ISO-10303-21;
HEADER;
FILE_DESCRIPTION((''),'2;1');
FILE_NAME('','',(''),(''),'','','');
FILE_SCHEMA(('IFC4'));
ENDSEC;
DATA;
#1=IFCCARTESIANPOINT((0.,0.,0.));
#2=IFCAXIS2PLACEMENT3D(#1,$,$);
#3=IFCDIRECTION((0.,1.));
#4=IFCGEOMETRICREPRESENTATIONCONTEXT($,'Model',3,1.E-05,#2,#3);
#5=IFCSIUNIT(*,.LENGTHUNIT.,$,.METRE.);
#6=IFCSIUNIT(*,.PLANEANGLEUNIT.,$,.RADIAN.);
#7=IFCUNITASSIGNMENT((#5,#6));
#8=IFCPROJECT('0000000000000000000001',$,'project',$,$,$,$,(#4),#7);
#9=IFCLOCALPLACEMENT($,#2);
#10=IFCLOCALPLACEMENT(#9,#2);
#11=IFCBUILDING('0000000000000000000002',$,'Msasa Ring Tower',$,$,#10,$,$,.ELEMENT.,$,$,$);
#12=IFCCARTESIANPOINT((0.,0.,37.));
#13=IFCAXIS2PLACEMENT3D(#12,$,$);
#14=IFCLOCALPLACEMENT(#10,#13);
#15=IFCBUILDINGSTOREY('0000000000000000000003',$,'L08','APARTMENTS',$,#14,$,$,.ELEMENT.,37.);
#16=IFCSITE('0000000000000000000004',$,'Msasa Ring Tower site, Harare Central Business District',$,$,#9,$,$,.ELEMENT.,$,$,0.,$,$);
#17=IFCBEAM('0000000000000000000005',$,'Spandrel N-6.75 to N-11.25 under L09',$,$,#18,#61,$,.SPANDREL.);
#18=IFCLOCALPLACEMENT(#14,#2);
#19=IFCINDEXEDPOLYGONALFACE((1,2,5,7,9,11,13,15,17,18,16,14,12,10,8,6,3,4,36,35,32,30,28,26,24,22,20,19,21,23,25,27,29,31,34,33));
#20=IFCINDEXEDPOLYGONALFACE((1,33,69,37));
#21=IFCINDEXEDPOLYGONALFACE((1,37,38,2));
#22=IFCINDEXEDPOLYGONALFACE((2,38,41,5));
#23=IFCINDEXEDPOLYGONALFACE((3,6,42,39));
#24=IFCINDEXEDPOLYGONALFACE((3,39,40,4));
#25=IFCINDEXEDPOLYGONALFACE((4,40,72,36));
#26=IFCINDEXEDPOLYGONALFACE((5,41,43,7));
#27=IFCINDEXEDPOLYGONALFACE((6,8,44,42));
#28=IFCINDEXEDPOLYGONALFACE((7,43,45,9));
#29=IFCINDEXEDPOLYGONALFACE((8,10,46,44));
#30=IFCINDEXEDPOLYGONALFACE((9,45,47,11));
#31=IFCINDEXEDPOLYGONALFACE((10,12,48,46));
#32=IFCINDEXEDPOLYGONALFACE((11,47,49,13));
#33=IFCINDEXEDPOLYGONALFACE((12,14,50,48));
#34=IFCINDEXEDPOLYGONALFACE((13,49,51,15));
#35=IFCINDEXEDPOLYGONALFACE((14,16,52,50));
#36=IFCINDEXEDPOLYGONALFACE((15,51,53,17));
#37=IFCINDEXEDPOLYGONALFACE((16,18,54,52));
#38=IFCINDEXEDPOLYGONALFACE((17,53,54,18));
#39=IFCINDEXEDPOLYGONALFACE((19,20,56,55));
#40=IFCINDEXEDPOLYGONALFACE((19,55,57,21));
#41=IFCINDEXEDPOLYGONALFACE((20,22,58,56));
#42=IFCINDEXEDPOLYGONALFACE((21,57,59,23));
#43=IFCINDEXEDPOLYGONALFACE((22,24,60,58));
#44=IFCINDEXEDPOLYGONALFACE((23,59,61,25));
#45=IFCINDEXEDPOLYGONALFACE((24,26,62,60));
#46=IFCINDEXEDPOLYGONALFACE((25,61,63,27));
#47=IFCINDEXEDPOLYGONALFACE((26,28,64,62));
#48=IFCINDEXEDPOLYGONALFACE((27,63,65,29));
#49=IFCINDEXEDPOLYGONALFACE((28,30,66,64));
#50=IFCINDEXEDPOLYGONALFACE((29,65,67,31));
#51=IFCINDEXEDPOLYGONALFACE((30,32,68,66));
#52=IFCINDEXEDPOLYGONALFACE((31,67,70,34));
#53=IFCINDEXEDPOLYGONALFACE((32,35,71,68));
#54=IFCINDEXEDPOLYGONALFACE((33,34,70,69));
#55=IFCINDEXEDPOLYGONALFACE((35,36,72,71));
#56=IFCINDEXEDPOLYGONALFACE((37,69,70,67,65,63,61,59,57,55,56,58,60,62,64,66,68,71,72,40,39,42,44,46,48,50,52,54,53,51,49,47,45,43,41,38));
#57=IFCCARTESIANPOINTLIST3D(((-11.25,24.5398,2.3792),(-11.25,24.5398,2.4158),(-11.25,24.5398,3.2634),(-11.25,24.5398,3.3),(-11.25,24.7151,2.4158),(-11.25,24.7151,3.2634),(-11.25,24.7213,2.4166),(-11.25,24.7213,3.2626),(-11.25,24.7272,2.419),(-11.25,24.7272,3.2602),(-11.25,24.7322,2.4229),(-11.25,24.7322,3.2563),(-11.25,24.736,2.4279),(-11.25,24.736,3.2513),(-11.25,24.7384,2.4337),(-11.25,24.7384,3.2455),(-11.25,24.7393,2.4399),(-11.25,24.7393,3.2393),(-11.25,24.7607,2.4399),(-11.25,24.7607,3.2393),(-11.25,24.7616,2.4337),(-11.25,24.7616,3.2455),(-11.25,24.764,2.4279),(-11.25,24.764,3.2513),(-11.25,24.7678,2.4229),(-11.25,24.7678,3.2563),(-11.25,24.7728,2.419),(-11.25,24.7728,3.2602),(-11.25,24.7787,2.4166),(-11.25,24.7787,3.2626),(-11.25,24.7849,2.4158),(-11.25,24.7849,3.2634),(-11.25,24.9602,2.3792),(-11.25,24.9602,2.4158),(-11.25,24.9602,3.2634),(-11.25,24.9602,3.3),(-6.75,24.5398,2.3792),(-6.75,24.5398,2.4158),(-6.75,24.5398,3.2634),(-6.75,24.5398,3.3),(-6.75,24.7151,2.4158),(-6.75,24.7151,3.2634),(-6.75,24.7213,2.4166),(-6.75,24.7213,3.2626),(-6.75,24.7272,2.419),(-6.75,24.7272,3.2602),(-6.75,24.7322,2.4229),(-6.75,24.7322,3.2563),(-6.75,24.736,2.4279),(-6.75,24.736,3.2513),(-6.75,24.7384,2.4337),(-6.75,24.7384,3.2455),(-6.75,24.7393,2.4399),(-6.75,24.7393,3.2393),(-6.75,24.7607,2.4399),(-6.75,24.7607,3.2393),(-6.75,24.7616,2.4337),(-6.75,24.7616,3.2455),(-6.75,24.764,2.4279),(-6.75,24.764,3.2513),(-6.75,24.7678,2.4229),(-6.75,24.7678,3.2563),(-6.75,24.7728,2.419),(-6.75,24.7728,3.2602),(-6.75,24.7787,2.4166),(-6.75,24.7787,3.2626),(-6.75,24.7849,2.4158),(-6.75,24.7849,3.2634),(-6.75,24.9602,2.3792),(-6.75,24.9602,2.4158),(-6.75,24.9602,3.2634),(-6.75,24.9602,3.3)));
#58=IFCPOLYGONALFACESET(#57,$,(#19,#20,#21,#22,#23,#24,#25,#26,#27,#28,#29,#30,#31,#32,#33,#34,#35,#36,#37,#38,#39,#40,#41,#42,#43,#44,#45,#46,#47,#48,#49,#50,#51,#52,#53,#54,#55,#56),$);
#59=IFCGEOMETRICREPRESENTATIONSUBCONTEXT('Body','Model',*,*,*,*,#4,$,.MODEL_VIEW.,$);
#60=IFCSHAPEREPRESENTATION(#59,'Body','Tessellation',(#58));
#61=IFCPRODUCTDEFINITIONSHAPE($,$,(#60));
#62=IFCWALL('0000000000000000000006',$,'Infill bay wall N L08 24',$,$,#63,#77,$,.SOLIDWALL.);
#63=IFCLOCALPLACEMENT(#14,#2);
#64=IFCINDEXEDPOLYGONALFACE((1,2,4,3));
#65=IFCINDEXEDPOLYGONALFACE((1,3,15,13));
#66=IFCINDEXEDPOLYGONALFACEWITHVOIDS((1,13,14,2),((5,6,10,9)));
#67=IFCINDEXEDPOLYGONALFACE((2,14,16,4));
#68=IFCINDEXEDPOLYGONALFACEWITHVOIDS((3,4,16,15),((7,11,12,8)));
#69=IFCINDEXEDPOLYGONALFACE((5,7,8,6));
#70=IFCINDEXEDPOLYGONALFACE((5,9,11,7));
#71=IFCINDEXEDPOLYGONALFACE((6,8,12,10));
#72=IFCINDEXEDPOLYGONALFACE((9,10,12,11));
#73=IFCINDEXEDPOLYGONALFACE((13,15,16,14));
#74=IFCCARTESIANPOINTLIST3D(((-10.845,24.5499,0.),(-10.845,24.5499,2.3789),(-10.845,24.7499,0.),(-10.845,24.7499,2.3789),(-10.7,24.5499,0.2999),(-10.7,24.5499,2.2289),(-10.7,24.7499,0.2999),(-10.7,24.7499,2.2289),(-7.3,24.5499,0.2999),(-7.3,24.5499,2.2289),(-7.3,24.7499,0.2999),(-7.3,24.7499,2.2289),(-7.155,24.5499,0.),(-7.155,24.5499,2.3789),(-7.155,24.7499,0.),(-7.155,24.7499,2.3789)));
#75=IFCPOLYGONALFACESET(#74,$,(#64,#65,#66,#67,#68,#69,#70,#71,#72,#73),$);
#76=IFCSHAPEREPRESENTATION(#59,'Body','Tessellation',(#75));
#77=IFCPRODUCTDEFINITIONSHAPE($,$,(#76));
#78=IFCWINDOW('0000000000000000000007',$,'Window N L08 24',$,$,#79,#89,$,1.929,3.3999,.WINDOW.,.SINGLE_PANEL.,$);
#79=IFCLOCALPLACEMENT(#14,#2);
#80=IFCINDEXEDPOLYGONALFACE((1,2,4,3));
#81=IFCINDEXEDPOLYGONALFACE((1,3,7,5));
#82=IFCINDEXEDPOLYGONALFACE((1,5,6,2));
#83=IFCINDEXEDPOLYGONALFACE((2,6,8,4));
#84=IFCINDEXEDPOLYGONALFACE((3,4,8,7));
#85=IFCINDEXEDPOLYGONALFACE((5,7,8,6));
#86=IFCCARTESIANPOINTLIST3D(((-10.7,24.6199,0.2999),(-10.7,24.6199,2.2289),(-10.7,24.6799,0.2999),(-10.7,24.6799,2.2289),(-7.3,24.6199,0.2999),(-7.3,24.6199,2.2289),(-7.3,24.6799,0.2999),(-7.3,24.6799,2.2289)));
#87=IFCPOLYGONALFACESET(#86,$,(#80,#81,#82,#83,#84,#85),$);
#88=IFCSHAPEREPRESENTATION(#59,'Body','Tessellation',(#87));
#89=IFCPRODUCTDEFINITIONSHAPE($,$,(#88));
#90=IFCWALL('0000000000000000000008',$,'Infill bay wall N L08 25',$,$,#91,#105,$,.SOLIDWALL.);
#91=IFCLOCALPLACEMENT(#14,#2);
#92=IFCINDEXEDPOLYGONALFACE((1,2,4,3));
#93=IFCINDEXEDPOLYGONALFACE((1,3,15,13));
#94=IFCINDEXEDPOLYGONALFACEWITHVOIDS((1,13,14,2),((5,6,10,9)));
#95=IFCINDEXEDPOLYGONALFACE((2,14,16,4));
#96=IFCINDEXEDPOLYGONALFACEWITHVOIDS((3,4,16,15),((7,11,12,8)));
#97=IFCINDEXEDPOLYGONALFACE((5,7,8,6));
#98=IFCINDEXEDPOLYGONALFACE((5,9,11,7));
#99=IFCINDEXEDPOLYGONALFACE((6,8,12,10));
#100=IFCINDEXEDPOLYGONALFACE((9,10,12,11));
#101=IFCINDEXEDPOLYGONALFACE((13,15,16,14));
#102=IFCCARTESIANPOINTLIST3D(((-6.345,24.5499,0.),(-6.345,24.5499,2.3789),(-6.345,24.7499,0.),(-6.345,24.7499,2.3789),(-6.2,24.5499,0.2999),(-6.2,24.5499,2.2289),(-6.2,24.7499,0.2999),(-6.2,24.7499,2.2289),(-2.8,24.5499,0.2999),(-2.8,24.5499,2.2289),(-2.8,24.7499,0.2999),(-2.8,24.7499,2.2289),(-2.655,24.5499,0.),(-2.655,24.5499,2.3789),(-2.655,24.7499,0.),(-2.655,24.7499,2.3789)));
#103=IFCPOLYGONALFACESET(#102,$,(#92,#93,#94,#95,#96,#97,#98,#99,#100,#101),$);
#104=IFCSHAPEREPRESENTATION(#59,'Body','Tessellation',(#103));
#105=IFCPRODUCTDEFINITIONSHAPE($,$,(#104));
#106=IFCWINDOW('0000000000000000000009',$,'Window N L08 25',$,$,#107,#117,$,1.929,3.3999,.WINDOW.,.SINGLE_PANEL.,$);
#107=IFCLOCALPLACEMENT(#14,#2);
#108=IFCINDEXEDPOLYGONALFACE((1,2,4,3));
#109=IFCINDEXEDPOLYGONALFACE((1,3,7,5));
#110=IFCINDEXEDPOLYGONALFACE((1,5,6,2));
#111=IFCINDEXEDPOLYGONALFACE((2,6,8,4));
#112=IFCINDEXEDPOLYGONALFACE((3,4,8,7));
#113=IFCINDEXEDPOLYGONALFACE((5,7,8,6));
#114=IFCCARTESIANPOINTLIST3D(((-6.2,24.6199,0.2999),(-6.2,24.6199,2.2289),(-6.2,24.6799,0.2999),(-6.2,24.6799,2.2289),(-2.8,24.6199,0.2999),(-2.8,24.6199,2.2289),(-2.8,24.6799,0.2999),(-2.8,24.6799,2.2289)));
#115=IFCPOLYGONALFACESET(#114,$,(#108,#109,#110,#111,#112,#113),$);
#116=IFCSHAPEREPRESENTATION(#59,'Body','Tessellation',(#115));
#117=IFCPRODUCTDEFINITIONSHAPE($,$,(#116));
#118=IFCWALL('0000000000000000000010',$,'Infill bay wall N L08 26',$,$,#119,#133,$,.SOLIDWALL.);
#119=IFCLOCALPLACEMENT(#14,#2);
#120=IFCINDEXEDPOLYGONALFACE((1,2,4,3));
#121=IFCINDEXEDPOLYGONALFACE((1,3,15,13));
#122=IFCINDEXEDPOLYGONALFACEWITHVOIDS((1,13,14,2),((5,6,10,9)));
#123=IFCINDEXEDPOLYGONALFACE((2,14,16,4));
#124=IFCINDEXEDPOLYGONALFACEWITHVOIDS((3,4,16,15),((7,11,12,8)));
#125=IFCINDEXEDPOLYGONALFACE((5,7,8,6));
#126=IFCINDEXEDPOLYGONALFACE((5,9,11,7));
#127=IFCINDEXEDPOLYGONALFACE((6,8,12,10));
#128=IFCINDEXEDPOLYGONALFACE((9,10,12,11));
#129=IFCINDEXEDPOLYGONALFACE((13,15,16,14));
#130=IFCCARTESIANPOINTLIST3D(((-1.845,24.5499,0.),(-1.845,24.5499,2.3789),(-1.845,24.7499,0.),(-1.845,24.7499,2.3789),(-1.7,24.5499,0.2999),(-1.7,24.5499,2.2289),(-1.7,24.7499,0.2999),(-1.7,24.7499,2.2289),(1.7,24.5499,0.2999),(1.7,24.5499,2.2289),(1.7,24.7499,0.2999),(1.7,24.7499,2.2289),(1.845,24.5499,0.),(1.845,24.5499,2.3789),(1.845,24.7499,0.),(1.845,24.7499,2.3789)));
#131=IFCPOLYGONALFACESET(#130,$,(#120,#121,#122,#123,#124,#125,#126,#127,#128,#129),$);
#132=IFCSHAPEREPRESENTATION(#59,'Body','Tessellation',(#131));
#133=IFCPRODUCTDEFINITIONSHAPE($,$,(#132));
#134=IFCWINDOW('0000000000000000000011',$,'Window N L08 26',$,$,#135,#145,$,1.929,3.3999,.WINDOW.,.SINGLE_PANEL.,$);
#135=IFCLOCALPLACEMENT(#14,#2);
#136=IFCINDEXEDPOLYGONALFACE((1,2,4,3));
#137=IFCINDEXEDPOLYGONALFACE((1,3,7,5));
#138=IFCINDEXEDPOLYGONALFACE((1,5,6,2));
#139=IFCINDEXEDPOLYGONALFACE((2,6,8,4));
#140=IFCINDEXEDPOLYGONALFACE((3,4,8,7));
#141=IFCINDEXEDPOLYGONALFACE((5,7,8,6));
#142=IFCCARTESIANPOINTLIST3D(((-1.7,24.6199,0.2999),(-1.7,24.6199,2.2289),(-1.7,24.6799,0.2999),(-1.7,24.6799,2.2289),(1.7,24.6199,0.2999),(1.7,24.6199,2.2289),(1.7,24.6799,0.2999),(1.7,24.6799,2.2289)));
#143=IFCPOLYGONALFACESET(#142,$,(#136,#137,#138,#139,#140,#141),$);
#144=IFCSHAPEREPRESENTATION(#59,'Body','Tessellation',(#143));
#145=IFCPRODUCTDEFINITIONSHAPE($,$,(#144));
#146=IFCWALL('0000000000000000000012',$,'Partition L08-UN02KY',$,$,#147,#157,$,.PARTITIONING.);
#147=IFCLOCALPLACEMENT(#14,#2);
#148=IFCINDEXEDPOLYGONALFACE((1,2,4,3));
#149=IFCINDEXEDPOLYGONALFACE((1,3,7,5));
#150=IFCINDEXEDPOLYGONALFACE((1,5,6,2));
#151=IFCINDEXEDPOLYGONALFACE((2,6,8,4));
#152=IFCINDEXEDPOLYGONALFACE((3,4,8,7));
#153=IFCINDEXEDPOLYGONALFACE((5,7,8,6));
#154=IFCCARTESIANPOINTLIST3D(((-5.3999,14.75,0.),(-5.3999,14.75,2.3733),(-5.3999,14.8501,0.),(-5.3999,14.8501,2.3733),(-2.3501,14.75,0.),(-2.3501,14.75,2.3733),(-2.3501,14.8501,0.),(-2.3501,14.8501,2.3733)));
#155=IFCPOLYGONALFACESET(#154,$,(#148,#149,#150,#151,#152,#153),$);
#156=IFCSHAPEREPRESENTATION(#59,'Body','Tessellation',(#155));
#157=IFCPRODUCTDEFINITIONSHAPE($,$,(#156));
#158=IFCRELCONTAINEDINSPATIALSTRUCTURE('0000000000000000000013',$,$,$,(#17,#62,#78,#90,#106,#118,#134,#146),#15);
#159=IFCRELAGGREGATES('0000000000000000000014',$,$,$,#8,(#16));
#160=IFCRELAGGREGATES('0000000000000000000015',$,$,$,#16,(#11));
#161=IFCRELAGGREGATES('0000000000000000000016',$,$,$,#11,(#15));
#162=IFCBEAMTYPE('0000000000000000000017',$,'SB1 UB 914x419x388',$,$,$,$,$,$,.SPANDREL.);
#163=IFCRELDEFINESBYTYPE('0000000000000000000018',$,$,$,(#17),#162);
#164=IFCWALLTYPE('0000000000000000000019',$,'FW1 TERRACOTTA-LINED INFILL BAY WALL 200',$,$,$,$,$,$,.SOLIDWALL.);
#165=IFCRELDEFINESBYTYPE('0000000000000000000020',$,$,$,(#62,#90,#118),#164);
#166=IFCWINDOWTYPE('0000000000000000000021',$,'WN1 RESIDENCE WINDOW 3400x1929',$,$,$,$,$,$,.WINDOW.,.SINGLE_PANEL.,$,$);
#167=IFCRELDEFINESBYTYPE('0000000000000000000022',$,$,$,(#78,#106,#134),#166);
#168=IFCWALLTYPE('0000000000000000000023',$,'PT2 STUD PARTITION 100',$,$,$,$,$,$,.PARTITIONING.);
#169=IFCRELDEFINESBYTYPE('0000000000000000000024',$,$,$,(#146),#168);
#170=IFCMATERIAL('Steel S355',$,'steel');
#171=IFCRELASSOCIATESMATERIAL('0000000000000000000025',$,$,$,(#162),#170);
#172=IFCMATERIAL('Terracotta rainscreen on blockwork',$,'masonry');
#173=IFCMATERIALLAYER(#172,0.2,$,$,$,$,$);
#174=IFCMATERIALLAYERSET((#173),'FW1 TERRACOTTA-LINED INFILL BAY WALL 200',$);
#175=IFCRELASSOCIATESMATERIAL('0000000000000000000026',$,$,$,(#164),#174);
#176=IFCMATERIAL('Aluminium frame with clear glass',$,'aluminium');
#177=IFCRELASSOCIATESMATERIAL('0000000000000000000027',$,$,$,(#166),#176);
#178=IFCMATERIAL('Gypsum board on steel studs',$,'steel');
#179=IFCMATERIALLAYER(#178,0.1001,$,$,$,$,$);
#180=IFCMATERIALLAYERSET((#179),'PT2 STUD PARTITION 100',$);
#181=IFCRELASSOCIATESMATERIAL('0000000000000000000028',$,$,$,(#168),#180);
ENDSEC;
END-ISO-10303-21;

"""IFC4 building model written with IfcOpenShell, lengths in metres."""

from ifc_helpers import new_model, si_unit, direction, frame, frame_2d, origin, origin_2d, place, context, subcontext, project, spatial, rectangle, i_section, extrude, material, layer, layer_set, material_profile, profile_set, type_object, element, fill, save


model = new_model("IFC4")

# Units and contexts
model_context = context("Model", 3, precision=1e-05, world=origin(), true_north=direction((0.0, 1.0)))
body_context = subcontext(model_context, "Body", "Model", "MODEL_VIEW")
ifc_project = project(units=[si_unit("LENGTHUNIT", "METRE"), si_unit("PLANEANGLEUNIT", "RADIAN")], contexts=[model_context])

# Site, building, storey
site_placement = place(None, origin())
site = spatial("IfcSite", under=ifc_project, at=site_placement, Name="Msasa Ring Tower site, Harare Central Business District", CompositionType="ELEMENT", RefElevation=0.0)
building_placement = place(site_placement, origin())
building = spatial("IfcBuilding", under=site, at=building_placement, Name="Msasa Ring Tower", CompositionType="ELEMENT")
storey_placement = place(building_placement, frame((0.0, 0.0, 37.0)))
storey = spatial("IfcBuildingStorey", under=building, at=storey_placement, Name="L08", Description="APARTMENTS", CompositionType="ELEMENT", Elevation=37.0)

# Beam
ifc_material_1 = material(Name="Steel S355", Category="steel")
ifc_material_profile_1 = material_profile(ifc_material_1, i_section(OverallWidth=0.4204, OverallDepth=0.9209, WebThickness=0.0215, FlangeThickness=0.0366, FilletRadius=0.0242, at=origin_2d()), Name="UB 914x419x388")
ifc_profile_set_1 = profile_set([ifc_material_profile_1], Name="Steel S355")
beam_type_1 = type_object("IfcBeamType", Name="SB1 UB 914x419x388", PredefinedType="SPANDREL", material=ifc_profile_set_1)
for number, where, z_axis, x_axis, name in (
    (1, (-6.75, 24.75, 2.8396), (-1.0, 0.0, 0.0), (0.0, -1.0, 0.0), "Spandrel N-6.75 to N-11.25 under L09"),
):
    element("IfcBeam", number, at=place(storey_placement, frame(where, z_axis=z_axis, x_axis=x_axis)), inside=storey, type_object=beam_type_1, Name=name, PredefinedType="SPANDREL", context=body_context, shape_type="SweptSolid", body=[
        extrude(i_section(OverallWidth=0.4204, OverallDepth=0.9209, WebThickness=0.0215, FlangeThickness=0.0366, FilletRadius=0.0242, at=origin_2d()), origin(), (0.0, 0.0, 1.0), 4.5),
    ])

# Walls, openings, windows
ifc_material_2 = material(Name="Terracotta rainscreen on blockwork", Category="masonry")
ifc_layer_1 = layer(ifc_material_2, 0.2)
ifc_layer_set_1 = layer_set([ifc_layer_1], Name="FW1 TERRACOTTA-LINED INFILL BAY WALL 200")
wall_type_1 = type_object("IfcWallType", Name="FW1 TERRACOTTA-LINED INFILL BAY WALL 200", PredefinedType="SOLIDWALL", material=ifc_layer_set_1)
wall_1_placement = place(storey_placement, frame((-10.845, 24.6499, 0.0), z_axis=(0.0, 0.0, 1.0), x_axis=(1.0, 0.0, 0.0)))
wall_1 = element("IfcWall", 2, at=wall_1_placement, inside=storey, type_object=wall_type_1, Name="Infill bay wall N L08 24", PredefinedType="SOLIDWALL", context=body_context, shape_type="SweptSolid", body=[
    extrude(rectangle(XDim=3.6899, YDim=0.2, at=frame_2d((1.845, 0.0))), origin(), (0.0, 0.0, 1.0), 2.3789),
])
opening_1_placement = place(wall_1_placement, frame((0.145, 0.0, 0.3)))
opening_1 = element("IfcOpeningElement", 3, at=opening_1_placement, cuts=wall_1, PredefinedType="OPENING", context=body_context, shape_type="SweptSolid", body=[
    extrude(rectangle(XDim=3.3999, YDim=1.929, at=frame_2d((1.7, 0.9644))), frame((0.0, 0.1099, 0.0), z_axis=(0.0, -1.0, 0.0), x_axis=(1.0, 0.0, 0.0)), (0.0, 0.0, 1.0), 0.22),
])
ifc_material_3 = material(Name="Aluminium frame with clear glass", Category="aluminium")
window_type = type_object("IfcWindowType", Name="WN1 RESIDENCE WINDOW 3400x1929", PartitioningType="SINGLE_PANEL", PredefinedType="WINDOW", material=ifc_material_3)
window_1_placement = place(opening_1_placement, origin())
window_1 = element("IfcWindow", 4, at=window_1_placement, inside=storey, type_object=window_type, Name="Window N L08 24", OverallHeight=1.929, OverallWidth=3.3999, PartitioningType="SINGLE_PANEL", PredefinedType="WINDOW", context=body_context, shape_type="SweptSolid", body=[
    extrude(rectangle(XDim=3.3999, YDim=1.929, at=frame_2d((1.7, 0.9644))), frame((0.0, 0.03, 0.0), z_axis=(0.0, -1.0, 0.0), x_axis=(1.0, 0.0, 0.0)), (0.0, 0.0, 1.0), 0.0601),
])
fill(opening_1, window_1)
wall_2_placement = place(storey_placement, frame((-6.345, 24.6499, 0.0), z_axis=(0.0, 0.0, 1.0), x_axis=(1.0, 0.0, 0.0)))
wall_2 = element("IfcWall", 5, at=wall_2_placement, inside=storey, type_object=wall_type_1, Name="Infill bay wall N L08 25", PredefinedType="SOLIDWALL", context=body_context, shape_type="SweptSolid", body=[
    extrude(rectangle(XDim=3.6899, YDim=0.2, at=frame_2d((1.845, 0.0))), origin(), (0.0, 0.0, 1.0), 2.3789),
])
opening_2_placement = place(wall_2_placement, frame((0.145, 0.0, 0.3)))
opening_2 = element("IfcOpeningElement", 6, at=opening_2_placement, cuts=wall_2, PredefinedType="OPENING", context=body_context, shape_type="SweptSolid", body=[
    extrude(rectangle(XDim=3.3999, YDim=1.929, at=frame_2d((1.7, 0.9644))), frame((0.0, 0.1099, 0.0), z_axis=(0.0, -1.0, 0.0), x_axis=(1.0, 0.0, 0.0)), (0.0, 0.0, 1.0), 0.22),
])
window_2_placement = place(opening_2_placement, origin())
window_2 = element("IfcWindow", 7, at=window_2_placement, inside=storey, type_object=window_type, Name="Window N L08 25", OverallHeight=1.929, OverallWidth=3.3999, PartitioningType="SINGLE_PANEL", PredefinedType="WINDOW", context=body_context, shape_type="SweptSolid", body=[
    extrude(rectangle(XDim=3.3999, YDim=1.929, at=frame_2d((1.7, 0.9644))), frame((0.0, 0.03, 0.0), z_axis=(0.0, -1.0, 0.0), x_axis=(1.0, 0.0, 0.0)), (0.0, 0.0, 1.0), 0.0601),
])
fill(opening_2, window_2)
wall_3_placement = place(storey_placement, frame((-1.845, 24.6499, 0.0), z_axis=(0.0, 0.0, 1.0), x_axis=(1.0, 0.0, 0.0)))
wall_3 = element("IfcWall", 8, at=wall_3_placement, inside=storey, type_object=wall_type_1, Name="Infill bay wall N L08 26", PredefinedType="SOLIDWALL", context=body_context, shape_type="SweptSolid", body=[
    extrude(rectangle(XDim=3.6899, YDim=0.2, at=frame_2d((1.845, 0.0))), origin(), (0.0, 0.0, 1.0), 2.3789),
])
opening_3_placement = place(wall_3_placement, frame((0.145, 0.0, 0.3)))
opening_3 = element("IfcOpeningElement", 9, at=opening_3_placement, cuts=wall_3, PredefinedType="OPENING", context=body_context, shape_type="SweptSolid", body=[
    extrude(rectangle(XDim=3.3999, YDim=1.929, at=frame_2d((1.7, 0.9644))), frame((0.0, 0.1099, 0.0), z_axis=(0.0, -1.0, 0.0), x_axis=(1.0, 0.0, 0.0)), (0.0, 0.0, 1.0), 0.22),
])
window_3_placement = place(opening_3_placement, origin())
window_3 = element("IfcWindow", 10, at=window_3_placement, inside=storey, type_object=window_type, Name="Window N L08 26", OverallHeight=1.929, OverallWidth=3.3999, PartitioningType="SINGLE_PANEL", PredefinedType="WINDOW", context=body_context, shape_type="SweptSolid", body=[
    extrude(rectangle(XDim=3.3999, YDim=1.929, at=frame_2d((1.7, 0.9644))), frame((0.0, 0.03, 0.0), z_axis=(0.0, -1.0, 0.0), x_axis=(1.0, 0.0, 0.0)), (0.0, 0.0, 1.0), 0.0601),
])
fill(opening_3, window_3)

# Wall
ifc_material_4 = material(Name="Gypsum board on steel studs", Category="steel")
ifc_layer_2 = layer(ifc_material_4, 0.1001)
ifc_layer_set_2 = layer_set([ifc_layer_2], Name="PT2 STUD PARTITION 100")
wall_type_2 = type_object("IfcWallType", Name="PT2 STUD PARTITION 100", PredefinedType="PARTITIONING", material=ifc_layer_set_2)
wall_4_placement = place(storey_placement, frame((-5.3999, 14.8, 0.0), z_axis=(0.0, 0.0, 1.0), x_axis=(1.0, 0.0, 0.0)))
element("IfcWall", 11, at=wall_4_placement, inside=storey, type_object=wall_type_2, Name="Partition L08-UN02KY", PredefinedType="PARTITIONING", context=body_context, shape_type="SweptSolid", body=[
    extrude(rectangle(XDim=3.0498, YDim=0.1001, at=frame_2d((1.5249, 0.0))), origin(), (0.0, 0.0, 1.0), 2.3733),
])

save(model, "model.ifc")
